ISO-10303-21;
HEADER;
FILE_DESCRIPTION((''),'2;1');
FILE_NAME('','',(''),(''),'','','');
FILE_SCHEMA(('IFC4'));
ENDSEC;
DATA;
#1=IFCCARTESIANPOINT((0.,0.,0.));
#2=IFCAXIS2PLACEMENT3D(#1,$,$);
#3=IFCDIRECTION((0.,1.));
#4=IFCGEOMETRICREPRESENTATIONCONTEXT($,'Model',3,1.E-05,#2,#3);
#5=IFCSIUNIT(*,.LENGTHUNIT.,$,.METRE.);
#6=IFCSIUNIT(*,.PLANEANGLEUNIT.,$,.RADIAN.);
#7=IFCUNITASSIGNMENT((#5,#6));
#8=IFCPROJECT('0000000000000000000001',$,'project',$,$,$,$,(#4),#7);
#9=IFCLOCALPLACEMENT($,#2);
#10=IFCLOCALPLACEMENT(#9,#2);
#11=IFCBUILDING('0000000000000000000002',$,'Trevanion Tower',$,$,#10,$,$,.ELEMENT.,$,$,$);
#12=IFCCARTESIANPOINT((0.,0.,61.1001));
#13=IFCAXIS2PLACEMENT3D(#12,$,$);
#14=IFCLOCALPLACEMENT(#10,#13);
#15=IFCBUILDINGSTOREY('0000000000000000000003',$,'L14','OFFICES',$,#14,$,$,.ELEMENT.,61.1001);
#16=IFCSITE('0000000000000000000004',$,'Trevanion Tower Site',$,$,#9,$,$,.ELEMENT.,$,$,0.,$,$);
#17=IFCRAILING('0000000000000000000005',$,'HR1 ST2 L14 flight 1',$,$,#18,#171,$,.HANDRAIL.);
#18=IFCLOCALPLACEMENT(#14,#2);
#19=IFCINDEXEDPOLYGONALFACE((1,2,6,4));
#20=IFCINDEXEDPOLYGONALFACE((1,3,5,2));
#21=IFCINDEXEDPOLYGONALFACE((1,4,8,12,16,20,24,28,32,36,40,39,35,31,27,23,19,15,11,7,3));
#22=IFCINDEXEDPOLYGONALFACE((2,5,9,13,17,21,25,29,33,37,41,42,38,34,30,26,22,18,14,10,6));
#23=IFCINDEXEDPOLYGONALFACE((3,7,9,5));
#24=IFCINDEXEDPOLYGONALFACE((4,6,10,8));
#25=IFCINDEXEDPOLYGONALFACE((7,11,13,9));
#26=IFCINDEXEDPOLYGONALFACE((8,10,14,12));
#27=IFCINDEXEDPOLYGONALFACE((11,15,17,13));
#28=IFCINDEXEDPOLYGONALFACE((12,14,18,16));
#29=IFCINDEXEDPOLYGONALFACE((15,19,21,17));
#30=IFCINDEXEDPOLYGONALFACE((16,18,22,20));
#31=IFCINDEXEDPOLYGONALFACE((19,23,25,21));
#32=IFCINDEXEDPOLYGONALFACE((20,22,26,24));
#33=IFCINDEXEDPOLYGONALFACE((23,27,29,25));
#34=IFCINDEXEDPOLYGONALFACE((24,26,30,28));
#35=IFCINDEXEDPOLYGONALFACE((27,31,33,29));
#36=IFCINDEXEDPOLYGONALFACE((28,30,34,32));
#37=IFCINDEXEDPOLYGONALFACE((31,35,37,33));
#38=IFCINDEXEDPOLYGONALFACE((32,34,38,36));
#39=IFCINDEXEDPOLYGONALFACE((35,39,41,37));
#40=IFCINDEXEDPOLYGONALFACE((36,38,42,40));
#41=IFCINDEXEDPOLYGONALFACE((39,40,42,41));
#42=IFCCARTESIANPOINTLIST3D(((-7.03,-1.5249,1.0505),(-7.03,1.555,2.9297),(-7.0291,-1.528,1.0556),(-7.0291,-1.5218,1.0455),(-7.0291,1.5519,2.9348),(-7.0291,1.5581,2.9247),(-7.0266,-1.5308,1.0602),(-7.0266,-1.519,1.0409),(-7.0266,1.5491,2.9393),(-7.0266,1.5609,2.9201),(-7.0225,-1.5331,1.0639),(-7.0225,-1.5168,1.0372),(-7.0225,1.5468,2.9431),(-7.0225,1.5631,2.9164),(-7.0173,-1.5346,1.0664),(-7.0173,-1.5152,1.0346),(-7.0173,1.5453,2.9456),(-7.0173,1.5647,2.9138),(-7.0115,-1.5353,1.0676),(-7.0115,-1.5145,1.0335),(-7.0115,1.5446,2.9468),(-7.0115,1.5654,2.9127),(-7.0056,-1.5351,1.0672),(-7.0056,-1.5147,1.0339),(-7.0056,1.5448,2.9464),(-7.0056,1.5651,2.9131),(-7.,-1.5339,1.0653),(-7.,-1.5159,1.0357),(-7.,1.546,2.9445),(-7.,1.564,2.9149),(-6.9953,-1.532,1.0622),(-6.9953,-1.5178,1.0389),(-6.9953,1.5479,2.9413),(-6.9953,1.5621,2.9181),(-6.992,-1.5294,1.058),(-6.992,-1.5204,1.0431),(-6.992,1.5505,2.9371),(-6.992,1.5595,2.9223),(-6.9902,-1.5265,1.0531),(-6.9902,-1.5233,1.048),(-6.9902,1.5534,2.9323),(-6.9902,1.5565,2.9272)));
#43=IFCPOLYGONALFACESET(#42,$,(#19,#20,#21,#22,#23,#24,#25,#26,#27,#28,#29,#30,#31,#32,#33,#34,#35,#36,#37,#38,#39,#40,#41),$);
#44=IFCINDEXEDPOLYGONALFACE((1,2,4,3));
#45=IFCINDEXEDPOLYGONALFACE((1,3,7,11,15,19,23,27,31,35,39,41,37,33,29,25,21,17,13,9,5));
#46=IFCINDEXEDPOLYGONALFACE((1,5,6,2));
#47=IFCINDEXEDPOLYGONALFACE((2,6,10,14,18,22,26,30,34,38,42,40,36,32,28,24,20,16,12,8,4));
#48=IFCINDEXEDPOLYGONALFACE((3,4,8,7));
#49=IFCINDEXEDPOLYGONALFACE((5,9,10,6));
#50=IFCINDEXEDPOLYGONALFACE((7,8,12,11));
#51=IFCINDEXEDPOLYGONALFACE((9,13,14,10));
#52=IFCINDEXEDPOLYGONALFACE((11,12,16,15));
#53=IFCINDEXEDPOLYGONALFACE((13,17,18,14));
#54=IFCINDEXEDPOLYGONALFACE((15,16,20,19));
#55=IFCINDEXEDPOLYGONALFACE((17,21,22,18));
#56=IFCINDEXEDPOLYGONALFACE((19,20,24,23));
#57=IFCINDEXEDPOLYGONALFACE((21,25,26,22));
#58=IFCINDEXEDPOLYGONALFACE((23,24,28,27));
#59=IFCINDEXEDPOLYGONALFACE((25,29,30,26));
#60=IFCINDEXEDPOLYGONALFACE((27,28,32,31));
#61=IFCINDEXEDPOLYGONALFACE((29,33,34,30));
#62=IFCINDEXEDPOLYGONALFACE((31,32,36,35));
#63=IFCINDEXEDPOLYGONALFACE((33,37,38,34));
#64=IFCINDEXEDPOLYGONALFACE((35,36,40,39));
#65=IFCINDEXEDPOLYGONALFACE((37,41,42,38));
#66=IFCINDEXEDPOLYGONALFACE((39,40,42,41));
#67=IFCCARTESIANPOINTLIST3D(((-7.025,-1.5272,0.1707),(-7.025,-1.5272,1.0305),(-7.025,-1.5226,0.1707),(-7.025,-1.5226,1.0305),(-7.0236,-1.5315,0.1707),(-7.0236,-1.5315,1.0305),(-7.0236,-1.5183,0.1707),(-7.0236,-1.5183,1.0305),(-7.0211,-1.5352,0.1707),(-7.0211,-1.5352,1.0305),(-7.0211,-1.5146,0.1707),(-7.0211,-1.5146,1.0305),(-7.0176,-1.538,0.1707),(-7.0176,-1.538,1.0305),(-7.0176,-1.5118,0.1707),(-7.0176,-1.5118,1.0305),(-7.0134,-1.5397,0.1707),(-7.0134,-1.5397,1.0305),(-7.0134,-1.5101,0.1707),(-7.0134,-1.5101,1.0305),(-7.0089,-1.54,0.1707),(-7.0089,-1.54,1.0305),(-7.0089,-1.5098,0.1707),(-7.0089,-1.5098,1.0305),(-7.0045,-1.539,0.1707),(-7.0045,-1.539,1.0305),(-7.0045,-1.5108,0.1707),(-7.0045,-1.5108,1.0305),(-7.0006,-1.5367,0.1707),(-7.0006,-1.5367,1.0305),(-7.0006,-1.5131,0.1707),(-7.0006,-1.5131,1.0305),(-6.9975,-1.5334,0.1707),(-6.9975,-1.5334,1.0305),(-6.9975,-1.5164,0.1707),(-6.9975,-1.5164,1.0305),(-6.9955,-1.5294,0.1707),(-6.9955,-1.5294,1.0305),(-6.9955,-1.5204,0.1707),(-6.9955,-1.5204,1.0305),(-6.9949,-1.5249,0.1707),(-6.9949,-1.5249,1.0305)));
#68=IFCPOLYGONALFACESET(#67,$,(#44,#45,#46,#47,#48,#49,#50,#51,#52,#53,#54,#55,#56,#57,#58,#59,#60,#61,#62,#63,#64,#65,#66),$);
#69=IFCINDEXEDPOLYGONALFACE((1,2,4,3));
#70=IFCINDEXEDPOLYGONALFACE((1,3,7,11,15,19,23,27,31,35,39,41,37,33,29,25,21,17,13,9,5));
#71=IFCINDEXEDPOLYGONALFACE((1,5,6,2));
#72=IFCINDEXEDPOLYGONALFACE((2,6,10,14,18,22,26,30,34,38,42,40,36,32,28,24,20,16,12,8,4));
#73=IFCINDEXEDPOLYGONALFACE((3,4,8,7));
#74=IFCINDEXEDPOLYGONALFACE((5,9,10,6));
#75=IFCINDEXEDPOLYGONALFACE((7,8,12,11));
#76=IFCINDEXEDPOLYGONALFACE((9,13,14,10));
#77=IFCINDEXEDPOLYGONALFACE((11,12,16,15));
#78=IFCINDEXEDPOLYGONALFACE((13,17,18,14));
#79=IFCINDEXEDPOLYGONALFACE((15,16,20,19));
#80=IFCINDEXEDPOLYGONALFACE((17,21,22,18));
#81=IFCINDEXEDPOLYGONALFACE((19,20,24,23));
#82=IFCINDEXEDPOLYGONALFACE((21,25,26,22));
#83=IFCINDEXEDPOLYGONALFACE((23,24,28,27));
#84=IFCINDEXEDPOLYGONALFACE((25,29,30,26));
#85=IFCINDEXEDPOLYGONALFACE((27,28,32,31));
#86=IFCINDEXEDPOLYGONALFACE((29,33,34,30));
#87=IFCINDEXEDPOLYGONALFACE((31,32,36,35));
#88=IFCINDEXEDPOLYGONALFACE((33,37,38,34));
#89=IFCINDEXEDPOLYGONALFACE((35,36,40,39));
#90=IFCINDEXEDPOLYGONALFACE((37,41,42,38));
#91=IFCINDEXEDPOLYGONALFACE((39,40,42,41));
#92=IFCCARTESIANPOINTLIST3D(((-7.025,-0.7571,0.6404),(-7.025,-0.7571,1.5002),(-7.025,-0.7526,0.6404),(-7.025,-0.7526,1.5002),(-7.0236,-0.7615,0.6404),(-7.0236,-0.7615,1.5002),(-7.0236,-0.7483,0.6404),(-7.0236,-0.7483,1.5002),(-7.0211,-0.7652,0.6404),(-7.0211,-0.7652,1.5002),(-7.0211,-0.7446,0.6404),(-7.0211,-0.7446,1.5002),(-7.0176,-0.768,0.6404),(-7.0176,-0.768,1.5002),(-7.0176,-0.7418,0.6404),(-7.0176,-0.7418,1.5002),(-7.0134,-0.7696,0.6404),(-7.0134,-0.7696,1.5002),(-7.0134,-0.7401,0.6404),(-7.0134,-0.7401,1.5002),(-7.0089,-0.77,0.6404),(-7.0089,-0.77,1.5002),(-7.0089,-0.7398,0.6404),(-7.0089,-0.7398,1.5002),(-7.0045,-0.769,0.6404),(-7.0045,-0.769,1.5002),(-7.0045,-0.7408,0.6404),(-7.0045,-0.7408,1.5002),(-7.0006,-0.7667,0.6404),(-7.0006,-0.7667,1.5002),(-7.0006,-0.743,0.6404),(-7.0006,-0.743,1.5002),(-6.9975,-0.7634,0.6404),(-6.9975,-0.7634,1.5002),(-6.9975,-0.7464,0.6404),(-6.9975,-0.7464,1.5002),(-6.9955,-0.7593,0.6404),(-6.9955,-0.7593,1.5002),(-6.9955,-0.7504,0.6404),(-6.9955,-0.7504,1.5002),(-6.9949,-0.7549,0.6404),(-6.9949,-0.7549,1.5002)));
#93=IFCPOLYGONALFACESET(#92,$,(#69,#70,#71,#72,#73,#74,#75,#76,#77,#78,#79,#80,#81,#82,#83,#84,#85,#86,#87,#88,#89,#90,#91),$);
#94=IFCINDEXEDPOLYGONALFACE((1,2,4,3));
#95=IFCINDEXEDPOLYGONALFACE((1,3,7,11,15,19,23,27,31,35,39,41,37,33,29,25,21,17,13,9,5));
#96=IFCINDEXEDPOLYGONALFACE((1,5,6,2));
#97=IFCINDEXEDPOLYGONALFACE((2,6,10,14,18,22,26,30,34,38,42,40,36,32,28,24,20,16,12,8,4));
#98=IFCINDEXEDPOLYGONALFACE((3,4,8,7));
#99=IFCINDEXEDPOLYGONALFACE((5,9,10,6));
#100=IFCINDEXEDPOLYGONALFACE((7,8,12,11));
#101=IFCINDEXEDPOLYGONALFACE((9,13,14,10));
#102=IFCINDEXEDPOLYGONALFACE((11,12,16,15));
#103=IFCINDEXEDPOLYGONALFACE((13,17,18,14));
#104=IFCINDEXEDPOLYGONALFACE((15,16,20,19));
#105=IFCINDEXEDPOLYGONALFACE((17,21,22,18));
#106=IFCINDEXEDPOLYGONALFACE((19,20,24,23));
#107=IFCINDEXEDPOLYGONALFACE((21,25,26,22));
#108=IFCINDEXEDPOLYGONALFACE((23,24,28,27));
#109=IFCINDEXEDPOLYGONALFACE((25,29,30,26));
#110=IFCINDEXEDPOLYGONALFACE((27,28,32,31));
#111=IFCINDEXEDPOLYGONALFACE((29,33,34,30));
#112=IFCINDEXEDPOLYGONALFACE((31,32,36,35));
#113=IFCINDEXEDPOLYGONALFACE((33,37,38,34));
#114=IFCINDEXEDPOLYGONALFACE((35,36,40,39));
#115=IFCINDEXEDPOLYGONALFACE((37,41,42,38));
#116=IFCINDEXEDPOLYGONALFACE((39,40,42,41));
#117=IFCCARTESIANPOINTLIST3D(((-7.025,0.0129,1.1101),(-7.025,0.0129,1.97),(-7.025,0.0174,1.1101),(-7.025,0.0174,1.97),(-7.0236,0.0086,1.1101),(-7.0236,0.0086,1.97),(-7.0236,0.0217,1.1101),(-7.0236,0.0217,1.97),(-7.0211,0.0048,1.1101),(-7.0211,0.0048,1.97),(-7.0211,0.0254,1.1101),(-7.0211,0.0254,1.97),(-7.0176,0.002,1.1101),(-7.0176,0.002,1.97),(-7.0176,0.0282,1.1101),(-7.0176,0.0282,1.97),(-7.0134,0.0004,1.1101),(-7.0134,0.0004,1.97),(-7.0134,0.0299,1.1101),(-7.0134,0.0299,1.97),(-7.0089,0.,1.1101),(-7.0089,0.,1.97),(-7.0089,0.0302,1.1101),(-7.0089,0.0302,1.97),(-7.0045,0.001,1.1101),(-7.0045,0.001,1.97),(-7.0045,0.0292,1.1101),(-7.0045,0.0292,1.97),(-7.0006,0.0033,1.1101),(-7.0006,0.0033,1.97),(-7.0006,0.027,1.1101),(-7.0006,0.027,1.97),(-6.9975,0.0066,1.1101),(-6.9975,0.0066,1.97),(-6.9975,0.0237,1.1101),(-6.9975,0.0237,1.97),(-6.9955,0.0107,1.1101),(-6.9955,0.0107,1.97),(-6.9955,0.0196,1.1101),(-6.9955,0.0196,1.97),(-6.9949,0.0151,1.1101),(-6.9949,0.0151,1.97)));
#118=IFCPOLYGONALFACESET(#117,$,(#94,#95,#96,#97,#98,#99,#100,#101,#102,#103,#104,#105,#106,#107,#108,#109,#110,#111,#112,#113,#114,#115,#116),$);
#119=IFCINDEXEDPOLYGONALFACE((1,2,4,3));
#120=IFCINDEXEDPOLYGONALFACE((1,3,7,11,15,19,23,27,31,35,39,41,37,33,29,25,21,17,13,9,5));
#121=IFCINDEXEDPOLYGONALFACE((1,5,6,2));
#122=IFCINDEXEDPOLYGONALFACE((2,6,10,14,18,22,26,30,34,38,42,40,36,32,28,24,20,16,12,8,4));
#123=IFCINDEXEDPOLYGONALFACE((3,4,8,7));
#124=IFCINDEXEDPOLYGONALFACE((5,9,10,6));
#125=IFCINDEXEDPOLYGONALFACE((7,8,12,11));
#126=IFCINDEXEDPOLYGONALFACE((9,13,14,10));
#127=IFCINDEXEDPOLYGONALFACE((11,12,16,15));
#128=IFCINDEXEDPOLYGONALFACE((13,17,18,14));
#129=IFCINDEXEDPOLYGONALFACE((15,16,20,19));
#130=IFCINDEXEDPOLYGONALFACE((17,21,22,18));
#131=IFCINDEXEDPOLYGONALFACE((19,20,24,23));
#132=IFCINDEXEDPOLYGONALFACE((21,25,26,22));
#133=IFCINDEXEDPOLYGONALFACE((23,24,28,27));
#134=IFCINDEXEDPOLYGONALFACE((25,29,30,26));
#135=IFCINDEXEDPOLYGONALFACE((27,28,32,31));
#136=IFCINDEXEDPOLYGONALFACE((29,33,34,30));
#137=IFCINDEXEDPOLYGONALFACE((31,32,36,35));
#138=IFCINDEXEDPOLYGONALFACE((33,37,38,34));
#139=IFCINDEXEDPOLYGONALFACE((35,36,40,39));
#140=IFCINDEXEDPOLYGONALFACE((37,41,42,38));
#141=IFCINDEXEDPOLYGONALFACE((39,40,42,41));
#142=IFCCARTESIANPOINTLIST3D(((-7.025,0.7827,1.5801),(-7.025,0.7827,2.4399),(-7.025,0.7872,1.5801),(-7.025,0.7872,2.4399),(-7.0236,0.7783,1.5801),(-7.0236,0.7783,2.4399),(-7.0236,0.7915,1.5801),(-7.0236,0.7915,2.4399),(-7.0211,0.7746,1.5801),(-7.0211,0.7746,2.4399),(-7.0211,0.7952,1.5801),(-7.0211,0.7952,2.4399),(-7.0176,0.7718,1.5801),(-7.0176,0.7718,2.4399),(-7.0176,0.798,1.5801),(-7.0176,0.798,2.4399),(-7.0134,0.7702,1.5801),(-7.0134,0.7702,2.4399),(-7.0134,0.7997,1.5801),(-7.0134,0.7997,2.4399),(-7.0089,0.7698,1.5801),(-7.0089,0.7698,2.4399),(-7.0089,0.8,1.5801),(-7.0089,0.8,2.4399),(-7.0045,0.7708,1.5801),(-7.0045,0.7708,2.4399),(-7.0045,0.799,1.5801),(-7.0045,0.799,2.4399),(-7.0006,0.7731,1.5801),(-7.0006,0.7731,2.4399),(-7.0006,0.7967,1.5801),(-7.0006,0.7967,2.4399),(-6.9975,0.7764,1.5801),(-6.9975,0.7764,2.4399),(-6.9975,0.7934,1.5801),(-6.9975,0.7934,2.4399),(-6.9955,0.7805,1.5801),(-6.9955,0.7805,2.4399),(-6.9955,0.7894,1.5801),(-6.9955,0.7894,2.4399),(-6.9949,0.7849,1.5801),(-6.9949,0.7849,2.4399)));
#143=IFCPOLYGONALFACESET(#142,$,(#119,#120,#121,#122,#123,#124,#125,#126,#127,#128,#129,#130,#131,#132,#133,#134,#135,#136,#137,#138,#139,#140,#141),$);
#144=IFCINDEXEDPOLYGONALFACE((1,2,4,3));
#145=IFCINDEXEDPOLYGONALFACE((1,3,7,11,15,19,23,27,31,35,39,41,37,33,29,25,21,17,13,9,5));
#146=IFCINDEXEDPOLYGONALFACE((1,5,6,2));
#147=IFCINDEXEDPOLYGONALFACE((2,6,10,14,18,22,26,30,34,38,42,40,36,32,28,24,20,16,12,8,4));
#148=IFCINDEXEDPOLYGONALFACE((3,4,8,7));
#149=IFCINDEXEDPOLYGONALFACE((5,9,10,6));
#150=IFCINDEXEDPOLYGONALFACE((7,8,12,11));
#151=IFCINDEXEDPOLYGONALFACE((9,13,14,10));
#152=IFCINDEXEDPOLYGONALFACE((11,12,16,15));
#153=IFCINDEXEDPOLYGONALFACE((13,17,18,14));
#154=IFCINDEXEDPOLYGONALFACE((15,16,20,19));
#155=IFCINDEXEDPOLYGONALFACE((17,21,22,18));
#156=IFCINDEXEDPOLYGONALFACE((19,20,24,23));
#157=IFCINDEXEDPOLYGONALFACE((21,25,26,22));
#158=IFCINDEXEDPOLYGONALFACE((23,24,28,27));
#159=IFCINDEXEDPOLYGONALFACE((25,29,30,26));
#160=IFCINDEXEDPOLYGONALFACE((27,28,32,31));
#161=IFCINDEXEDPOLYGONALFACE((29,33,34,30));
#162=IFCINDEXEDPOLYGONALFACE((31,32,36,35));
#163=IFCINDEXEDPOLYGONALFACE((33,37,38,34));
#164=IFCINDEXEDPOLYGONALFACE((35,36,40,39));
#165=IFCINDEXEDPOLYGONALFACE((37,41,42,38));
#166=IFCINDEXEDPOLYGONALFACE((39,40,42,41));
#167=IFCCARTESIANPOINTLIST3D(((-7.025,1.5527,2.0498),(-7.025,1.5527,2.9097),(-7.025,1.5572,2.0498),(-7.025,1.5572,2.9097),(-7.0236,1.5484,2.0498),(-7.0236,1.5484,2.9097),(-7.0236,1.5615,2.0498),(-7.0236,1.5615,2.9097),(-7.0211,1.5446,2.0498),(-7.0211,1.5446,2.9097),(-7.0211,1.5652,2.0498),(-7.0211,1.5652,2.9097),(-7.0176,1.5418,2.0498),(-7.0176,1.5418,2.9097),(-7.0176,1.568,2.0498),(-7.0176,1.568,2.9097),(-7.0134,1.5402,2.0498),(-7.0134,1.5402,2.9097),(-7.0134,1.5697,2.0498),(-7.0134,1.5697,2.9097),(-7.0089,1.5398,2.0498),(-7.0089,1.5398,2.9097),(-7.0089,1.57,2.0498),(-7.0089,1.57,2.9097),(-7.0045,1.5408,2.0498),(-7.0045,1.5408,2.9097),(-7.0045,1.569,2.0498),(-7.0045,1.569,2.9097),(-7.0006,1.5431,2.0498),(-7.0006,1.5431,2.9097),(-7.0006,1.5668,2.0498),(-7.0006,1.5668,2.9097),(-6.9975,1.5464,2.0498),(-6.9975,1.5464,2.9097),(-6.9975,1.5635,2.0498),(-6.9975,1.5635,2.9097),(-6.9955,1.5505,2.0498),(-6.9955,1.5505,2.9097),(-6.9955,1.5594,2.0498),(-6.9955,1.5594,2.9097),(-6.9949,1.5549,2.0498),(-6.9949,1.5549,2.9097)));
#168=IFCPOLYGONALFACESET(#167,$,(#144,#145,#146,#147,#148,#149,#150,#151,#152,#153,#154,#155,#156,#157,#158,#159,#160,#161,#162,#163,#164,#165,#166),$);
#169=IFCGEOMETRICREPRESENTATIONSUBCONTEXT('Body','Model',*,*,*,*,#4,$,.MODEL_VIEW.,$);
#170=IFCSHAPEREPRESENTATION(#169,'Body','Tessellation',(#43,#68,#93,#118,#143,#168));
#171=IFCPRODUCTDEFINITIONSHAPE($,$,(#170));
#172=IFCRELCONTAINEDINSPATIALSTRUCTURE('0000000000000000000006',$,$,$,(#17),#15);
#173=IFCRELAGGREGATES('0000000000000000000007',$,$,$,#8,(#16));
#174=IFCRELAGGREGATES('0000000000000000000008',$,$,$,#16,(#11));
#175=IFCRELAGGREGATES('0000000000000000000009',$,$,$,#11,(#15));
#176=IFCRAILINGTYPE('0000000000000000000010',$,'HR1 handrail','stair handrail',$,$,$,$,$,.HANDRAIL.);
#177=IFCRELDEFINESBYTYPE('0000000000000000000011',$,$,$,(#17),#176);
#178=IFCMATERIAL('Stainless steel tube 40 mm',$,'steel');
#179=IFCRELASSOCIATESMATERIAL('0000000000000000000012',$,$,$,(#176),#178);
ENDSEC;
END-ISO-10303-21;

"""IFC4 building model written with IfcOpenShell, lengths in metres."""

from ifc_helpers import new_model, si_unit, direction, frame, origin, origin_2d, place, context, subcontext, project, spatial, circle, extrude, material, type_object, element, save


model = new_model("IFC4")

# Units and contexts
model_context = context("Model", 3, precision=1e-05, world=origin(), true_north=direction((0.0, 1.0)))
body_context = subcontext(model_context, "Body", "Model", "MODEL_VIEW")
ifc_project = project(units=[si_unit("LENGTHUNIT", "METRE"), si_unit("PLANEANGLEUNIT", "RADIAN")], contexts=[model_context])

# Site, building, storey
site_placement = place(None, origin())
site = spatial("IfcSite", under=ifc_project, at=site_placement, Name="Trevanion Tower Site", CompositionType="ELEMENT", RefElevation=0.0)
building_placement = place(site_placement, origin())
building = spatial("IfcBuilding", under=site, at=building_placement, Name="Trevanion Tower", CompositionType="ELEMENT")
storey_placement = place(building_placement, frame((0.0, 0.0, 61.1001)))
storey = spatial("IfcBuildingStorey", under=building, at=storey_placement, Name="L14", Description="OFFICES", CompositionType="ELEMENT", Elevation=61.1001)

# Railing
ifc_material_1 = material(Name="Stainless steel tube 40 mm", Category="steel")
railing_type = type_object("IfcRailingType", Name="HR1 handrail", Description="stair handrail", PredefinedType="HANDRAIL", material=ifc_material_1)
for number, where, name in (
    (1, (-7.01, -1.5249, 0.1707), "HR1 ST2 L14 flight 1"),
):
    element("IfcRailing", number, at=place(storey_placement, frame(where)), inside=storey, type_object=railing_type, Name=name, PredefinedType="HANDRAIL", context=body_context, shape_type="SweptSolid", body=[
        extrude(circle(Radius=0.02, at=origin_2d()), frame((0.0, 0.0, 0.8799), z_axis=(0.0, 0.853648, 0.52085), x_axis=(-1.0, 0.0, 0.0)), (0.0, 0.0, 1.0), 3.6079),
        extrude(circle(Radius=0.0151, at=origin_2d()), origin(), (0.0, 0.0, 1.0), 0.8599),
        extrude(circle(Radius=0.0151, at=origin_2d()), frame((0.0, 0.77, 0.4697)), (0.0, 0.0, 1.0), 0.8599),
        extrude(circle(Radius=0.0151, at=origin_2d()), frame((0.0, 1.54, 0.9395)), (0.0, 0.0, 1.0), 0.8599),
        extrude(circle(Radius=0.0151, at=origin_2d()), frame((0.0, 2.3098, 1.4094)), (0.0, 0.0, 1.0), 0.8599),
        extrude(circle(Radius=0.0151, at=origin_2d()), frame((0.0, 3.0798, 1.8792)), (0.0, 0.0, 1.0), 0.8599),
    ])

save(model, "model.ifc")
